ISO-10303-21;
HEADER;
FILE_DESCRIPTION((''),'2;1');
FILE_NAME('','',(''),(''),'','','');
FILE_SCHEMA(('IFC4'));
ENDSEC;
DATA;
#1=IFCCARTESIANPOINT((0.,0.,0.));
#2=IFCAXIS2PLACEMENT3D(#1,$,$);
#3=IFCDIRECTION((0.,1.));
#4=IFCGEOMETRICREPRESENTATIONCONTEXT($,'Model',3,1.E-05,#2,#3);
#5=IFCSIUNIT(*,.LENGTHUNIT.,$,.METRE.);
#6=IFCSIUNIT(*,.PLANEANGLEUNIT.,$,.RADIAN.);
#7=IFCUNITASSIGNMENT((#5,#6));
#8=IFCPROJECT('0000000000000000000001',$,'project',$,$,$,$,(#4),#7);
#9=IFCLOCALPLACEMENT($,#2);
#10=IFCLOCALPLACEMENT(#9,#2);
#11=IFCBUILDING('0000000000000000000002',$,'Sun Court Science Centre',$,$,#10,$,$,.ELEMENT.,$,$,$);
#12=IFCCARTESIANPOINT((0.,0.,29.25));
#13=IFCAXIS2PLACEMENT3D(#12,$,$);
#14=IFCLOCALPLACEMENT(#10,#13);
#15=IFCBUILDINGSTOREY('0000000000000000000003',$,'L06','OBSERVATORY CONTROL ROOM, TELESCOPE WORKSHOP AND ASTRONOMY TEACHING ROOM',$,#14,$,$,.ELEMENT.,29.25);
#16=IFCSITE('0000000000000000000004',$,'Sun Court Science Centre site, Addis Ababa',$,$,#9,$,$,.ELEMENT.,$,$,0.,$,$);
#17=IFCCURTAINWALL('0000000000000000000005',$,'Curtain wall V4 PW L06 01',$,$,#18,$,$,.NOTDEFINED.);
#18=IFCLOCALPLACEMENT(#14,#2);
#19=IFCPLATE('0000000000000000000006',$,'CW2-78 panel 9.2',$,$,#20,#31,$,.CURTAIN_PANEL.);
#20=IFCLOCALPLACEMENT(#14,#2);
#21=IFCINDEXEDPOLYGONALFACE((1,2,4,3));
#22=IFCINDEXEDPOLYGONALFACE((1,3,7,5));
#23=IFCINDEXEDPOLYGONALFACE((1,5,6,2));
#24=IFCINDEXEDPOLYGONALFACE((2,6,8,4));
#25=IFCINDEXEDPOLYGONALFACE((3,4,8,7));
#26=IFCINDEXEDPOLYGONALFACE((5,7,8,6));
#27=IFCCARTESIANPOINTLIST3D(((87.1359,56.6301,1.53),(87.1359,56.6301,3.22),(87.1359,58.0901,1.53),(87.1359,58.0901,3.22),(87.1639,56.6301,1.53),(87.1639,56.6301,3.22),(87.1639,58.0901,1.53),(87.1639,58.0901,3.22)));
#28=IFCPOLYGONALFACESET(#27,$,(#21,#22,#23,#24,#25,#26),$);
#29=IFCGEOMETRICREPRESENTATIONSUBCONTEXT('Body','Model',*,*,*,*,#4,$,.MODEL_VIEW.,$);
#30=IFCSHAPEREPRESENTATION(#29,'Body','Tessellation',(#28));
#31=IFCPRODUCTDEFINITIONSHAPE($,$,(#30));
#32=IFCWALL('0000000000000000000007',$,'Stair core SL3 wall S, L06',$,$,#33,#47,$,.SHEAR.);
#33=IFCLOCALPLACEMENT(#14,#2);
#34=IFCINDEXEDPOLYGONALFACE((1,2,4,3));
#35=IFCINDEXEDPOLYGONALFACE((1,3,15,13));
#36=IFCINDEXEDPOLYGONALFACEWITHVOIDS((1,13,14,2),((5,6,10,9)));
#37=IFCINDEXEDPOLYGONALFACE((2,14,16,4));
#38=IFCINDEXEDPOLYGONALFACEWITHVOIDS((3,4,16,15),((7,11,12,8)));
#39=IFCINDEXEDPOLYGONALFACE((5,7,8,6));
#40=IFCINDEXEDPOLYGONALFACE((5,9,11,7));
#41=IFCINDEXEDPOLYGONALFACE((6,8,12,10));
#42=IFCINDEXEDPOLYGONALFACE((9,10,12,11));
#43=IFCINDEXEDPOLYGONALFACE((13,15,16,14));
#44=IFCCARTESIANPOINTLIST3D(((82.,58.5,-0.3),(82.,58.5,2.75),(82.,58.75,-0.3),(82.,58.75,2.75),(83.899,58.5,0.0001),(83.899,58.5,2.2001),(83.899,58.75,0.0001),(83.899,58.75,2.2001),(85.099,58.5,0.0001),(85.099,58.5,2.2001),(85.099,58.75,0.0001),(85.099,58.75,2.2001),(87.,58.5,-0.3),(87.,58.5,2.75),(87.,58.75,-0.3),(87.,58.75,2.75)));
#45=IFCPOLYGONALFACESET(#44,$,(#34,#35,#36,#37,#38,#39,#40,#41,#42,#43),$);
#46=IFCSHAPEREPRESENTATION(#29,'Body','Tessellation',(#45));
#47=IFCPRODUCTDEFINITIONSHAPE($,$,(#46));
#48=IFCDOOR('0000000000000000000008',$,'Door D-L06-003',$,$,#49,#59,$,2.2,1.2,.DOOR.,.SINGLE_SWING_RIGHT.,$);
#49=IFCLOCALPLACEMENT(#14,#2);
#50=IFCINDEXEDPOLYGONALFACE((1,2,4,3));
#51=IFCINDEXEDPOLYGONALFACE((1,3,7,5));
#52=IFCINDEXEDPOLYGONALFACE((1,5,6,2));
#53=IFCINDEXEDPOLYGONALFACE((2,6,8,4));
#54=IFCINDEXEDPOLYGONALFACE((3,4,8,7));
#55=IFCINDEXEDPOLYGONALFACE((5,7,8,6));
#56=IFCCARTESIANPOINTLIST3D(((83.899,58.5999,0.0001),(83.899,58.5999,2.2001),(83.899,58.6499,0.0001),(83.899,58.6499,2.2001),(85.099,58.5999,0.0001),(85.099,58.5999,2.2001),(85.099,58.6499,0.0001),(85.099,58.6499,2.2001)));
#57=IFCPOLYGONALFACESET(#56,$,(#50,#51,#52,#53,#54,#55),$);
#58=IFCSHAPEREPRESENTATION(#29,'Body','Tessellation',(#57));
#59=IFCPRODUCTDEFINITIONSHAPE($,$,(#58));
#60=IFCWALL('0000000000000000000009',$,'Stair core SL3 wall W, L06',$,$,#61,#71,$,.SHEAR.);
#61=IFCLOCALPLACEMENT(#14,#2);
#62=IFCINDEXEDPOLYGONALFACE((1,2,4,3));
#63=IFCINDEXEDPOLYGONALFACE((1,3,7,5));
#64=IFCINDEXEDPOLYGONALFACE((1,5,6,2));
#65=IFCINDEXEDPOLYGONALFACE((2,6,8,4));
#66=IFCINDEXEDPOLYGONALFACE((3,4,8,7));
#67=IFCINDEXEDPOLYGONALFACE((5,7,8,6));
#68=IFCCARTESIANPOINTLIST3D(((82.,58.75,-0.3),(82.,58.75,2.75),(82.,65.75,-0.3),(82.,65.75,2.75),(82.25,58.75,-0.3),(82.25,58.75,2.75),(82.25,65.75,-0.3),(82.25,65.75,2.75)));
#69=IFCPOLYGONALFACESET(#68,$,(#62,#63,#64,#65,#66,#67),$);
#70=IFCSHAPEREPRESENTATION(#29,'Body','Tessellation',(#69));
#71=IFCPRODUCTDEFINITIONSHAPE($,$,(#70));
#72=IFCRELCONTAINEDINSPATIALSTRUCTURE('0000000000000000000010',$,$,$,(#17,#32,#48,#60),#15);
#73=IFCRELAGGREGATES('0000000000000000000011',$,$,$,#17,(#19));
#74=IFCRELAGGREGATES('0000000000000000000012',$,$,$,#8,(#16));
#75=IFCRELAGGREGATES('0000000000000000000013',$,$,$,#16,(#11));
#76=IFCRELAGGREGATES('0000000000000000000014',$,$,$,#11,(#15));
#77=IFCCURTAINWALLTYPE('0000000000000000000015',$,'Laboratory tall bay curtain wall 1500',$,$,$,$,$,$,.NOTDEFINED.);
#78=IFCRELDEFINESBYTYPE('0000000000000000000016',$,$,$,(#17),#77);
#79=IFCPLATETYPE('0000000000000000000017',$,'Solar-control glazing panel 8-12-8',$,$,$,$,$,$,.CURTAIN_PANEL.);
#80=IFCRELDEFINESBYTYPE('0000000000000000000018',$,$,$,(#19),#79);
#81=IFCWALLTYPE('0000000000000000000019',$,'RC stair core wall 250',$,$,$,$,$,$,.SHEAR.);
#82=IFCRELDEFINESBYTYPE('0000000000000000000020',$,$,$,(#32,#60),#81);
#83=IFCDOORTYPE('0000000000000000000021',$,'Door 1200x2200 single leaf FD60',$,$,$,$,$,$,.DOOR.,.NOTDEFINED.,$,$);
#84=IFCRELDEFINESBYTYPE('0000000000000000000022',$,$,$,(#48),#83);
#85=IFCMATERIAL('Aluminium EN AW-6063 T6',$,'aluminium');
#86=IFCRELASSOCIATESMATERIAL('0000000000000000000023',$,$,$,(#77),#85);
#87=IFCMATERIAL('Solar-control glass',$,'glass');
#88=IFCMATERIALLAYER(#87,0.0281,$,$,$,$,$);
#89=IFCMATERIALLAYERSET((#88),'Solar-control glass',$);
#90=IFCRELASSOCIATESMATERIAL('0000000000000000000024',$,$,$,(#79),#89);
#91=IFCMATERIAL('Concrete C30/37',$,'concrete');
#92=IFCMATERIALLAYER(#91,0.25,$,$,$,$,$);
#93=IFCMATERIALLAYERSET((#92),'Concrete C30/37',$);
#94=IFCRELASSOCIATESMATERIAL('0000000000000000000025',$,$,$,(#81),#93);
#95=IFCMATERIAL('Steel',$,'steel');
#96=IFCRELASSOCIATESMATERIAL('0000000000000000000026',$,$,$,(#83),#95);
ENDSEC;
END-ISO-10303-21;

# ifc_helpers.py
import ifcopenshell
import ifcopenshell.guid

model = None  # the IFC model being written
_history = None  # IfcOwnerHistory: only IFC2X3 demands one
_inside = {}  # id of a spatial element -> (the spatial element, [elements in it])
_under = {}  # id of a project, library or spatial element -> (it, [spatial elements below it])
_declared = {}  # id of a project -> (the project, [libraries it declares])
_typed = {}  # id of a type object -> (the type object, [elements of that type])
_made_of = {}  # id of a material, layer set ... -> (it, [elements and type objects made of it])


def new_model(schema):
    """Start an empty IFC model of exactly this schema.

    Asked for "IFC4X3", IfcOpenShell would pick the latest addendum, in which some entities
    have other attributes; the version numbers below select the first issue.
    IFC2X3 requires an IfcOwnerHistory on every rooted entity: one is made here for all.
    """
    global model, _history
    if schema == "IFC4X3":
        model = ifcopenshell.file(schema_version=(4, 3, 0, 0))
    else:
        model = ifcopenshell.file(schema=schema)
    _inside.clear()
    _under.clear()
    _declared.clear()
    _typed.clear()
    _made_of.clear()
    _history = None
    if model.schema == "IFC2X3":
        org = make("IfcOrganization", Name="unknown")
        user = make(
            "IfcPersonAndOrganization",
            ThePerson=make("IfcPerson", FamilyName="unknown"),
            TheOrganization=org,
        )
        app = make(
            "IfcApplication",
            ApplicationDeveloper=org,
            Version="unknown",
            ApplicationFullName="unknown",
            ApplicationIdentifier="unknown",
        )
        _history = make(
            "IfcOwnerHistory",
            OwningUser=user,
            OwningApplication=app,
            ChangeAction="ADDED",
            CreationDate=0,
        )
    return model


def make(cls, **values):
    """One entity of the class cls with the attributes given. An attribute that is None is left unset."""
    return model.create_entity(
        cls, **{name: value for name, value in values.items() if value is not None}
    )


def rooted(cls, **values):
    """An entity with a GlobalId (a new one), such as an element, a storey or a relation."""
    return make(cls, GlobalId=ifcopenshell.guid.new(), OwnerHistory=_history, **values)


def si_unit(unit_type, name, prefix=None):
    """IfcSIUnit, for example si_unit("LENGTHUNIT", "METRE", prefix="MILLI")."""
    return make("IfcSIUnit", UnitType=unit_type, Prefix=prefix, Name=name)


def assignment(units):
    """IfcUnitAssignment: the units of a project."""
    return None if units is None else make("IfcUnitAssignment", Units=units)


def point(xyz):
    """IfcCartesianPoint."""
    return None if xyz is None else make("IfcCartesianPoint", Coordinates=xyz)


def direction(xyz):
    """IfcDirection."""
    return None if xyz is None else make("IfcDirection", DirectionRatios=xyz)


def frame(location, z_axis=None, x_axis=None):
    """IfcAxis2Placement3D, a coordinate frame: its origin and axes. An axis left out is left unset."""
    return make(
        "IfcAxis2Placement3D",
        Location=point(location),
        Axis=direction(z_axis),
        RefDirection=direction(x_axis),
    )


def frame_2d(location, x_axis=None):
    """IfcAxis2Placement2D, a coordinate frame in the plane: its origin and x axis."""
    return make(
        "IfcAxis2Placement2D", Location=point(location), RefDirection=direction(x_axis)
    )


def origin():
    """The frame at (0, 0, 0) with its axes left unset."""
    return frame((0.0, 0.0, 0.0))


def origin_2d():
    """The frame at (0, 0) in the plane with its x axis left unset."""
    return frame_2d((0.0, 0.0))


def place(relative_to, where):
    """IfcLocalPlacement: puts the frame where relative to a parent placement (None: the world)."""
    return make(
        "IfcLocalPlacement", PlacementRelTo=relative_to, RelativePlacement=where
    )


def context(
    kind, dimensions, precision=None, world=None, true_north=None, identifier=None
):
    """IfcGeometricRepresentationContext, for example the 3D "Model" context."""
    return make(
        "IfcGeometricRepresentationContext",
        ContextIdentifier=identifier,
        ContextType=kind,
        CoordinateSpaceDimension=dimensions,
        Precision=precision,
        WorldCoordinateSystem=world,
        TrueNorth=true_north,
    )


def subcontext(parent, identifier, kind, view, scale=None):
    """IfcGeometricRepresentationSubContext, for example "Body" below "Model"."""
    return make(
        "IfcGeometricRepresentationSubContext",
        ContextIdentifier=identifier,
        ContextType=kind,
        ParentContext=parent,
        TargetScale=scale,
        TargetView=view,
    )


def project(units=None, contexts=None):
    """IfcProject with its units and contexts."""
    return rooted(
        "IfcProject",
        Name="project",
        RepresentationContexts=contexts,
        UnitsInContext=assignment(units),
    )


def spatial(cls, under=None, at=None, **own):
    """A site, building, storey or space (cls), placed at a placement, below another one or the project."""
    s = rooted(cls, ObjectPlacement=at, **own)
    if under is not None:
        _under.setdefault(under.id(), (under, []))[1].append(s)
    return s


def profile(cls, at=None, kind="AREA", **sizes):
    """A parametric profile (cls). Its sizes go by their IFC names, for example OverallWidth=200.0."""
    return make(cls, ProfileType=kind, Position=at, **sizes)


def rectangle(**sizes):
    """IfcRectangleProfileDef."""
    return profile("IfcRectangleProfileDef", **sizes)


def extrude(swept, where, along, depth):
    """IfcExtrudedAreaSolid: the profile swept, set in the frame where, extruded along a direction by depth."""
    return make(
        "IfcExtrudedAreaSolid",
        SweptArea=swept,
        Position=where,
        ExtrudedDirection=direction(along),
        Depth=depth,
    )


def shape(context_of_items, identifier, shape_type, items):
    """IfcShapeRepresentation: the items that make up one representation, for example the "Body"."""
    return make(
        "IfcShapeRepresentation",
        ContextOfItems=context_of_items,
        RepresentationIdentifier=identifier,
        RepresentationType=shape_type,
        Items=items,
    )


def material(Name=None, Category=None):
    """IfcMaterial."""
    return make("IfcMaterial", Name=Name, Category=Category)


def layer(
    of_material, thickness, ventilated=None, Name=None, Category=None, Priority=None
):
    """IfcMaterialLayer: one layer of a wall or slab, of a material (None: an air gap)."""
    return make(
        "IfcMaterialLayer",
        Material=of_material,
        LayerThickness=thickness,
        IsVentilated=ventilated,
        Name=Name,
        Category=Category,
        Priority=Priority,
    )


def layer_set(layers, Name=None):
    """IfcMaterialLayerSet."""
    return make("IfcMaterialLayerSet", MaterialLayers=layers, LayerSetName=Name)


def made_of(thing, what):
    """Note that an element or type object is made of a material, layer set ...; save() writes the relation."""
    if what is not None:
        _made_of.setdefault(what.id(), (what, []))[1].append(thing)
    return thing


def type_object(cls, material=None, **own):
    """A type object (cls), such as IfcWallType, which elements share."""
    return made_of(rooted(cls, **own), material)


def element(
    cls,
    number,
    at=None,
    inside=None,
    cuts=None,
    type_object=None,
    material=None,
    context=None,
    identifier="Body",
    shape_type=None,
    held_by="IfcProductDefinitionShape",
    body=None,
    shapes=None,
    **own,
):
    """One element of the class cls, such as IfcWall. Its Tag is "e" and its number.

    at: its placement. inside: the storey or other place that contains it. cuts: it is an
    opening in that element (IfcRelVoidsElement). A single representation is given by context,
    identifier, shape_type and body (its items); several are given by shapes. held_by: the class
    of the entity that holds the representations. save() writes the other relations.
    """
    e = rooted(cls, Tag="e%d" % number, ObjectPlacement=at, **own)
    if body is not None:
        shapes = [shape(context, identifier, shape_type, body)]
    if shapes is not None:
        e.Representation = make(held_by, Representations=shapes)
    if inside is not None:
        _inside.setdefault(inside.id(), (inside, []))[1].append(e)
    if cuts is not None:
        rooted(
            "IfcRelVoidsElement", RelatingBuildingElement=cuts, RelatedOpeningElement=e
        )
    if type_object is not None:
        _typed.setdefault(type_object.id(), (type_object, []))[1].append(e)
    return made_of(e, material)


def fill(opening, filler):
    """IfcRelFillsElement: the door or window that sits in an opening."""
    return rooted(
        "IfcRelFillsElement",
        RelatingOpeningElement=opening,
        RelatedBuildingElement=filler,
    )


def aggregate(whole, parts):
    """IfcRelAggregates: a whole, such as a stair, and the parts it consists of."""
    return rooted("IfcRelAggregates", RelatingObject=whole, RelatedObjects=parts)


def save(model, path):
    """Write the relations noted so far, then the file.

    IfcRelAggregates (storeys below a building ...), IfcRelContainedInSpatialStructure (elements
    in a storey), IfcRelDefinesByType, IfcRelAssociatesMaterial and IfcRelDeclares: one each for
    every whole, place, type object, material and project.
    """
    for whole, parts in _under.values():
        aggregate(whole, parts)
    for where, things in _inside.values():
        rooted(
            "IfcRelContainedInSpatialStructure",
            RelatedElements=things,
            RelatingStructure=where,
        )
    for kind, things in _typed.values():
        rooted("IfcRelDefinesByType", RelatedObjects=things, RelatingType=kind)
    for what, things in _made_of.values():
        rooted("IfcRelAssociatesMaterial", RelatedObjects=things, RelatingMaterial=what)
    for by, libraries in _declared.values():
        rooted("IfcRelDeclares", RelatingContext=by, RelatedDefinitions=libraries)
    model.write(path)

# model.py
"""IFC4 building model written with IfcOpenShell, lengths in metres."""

from ifc_helpers import new_model, si_unit, direction, frame, frame_2d, origin, origin_2d, place, context, subcontext, project, spatial, rectangle, extrude, material, layer, layer_set, type_object, element, fill, aggregate, save


model = new_model("IFC4")

# Units and contexts
model_context = context("Model", 3, precision=1e-05, world=origin(), true_north=direction((0.0, 1.0)))
body_context = subcontext(model_context, "Body", "Model", "MODEL_VIEW")
ifc_project = project(units=[si_unit("LENGTHUNIT", "METRE"), si_unit("PLANEANGLEUNIT", "RADIAN")], contexts=[model_context])

# Site, building, storey
site_placement = place(None, origin())
site = spatial("IfcSite", under=ifc_project, at=site_placement, Name="Sun Court Science Centre site, Addis Ababa", CompositionType="ELEMENT", RefElevation=0.0)
building_placement = place(site_placement, origin())
building = spatial("IfcBuilding", under=site, at=building_placement, Name="Sun Court Science Centre", CompositionType="ELEMENT")
storey_placement = place(building_placement, frame((0.0, 0.0, 29.25)))
storey = spatial("IfcBuildingStorey", under=building, at=storey_placement, Name="L06", Description="OBSERVATORY CONTROL ROOM, TELESCOPE WORKSHOP AND ASTRONOMY TEACHING ROOM", CompositionType="ELEMENT", Elevation=29.25)

# Curtain wall
ifc_material_1 = material(Name="Aluminium EN AW-6063 T6", Category="aluminium")
curtain_wall_type = type_object("IfcCurtainWallType", Name="Laboratory tall bay curtain wall 1500", PredefinedType="NOTDEFINED", material=ifc_material_1)
curtain_wall_placement = place(storey_placement, origin())
curtain_wall = element("IfcCurtainWall", 1, at=curtain_wall_placement, inside=storey, type_object=curtain_wall_type, Name="Curtain wall V4 PW L06 01", PredefinedType="NOTDEFINED")

# Plate
ifc_material_2 = material(Name="Solar-control glass", Category="glass")
ifc_layer_1 = layer(ifc_material_2, 0.0281)
ifc_layer_set_1 = layer_set([ifc_layer_1], Name="Solar-control glass")
plate_type = type_object("IfcPlateType", Name="Solar-control glazing panel 8-12-8", PredefinedType="CURTAIN_PANEL", material=ifc_layer_set_1)
plate_1_placement = place(storey_placement, frame((87.1499, 57.3601, 1.53), z_axis=(0.0, 0.0, 1.0), x_axis=(0.0, 1.0, 0.0)))
plate_1 = element("IfcPlate", 2, at=plate_1_placement, type_object=plate_type, Name="CW2-78 panel 9.2", PredefinedType="CURTAIN_PANEL", context=body_context, shape_type="SweptSolid", body=[
    extrude(rectangle(XDim=1.46, YDim=0.0281, at=origin_2d()), origin(), (0.0, 0.0, 1.0), 1.6899),
])
aggregate(curtain_wall, [plate_1])

# Wall, opening, door
ifc_material_3 = material(Name="Concrete C30/37", Category="concrete")
ifc_layer_2 = layer(ifc_material_3, 0.25)
ifc_layer_set_2 = layer_set([ifc_layer_2], Name="Concrete C30/37")
wall_type = type_object("IfcWallType", Name="RC stair core wall 250", PredefinedType="SHEAR", material=ifc_layer_set_2)
wall_1_placement = place(storey_placement, frame((82.0, 58.625, -0.3), z_axis=(0.0, 0.0, 1.0), x_axis=(1.0, 0.0, 0.0)))
wall_1 = element("IfcWall", 3, at=wall_1_placement, inside=storey, type_object=wall_type, Name="Stair core SL3 wall S, L06", PredefinedType="SHEAR", context=body_context, shape_type="SweptSolid", body=[
    extrude(rectangle(XDim=5.0, YDim=0.25, at=frame_2d((2.5, 0.0))), origin(), (0.0, 0.0, 1.0), 3.05),
])
opening_placement = place(wall_1_placement, frame((1.8989, 0.0, 0.3)))
opening = element("IfcOpeningElement", 4, at=opening_placement, cuts=wall_1, PredefinedType="OPENING", context=body_context, shape_type="SweptSolid", body=[
    extrude(rectangle(XDim=1.2, YDim=2.2, at=frame_2d((0.6001, 1.1001))), frame((0.0, 0.135, 0.0), z_axis=(0.0, -1.0, 0.0), x_axis=(1.0, 0.0, 0.0)), (0.0, 0.0, 1.0), 0.27),
])
ifc_material_4 = material(Name="Steel", Category="steel")
door_type = type_object("IfcDoorType", Name="Door 1200x2200 single leaf FD60", OperationType="NOTDEFINED", PredefinedType="DOOR", material=ifc_material_4)
door_placement = place(opening_placement, origin())
door = element("IfcDoor", 5, at=door_placement, inside=storey, type_object=door_type, Name="Door D-L06-003", OperationType="SINGLE_SWING_RIGHT", OverallHeight=2.2, OverallWidth=1.2, PredefinedType="DOOR", context=body_context, shape_type="SweptSolid", body=[
    extrude(rectangle(XDim=1.2, YDim=2.2, at=frame_2d((0.6001, 1.1001))), frame((0.0, 0.0249, 0.0), z_axis=(0.0, -1.0, 0.0), x_axis=(1.0, 0.0, 0.0)), (0.0, 0.0, 1.0), 0.05),
])
fill(opening, door)

# Wall
wall_2_placement = place(storey_placement, frame((82.125, 58.75, -0.3), z_axis=(0.0, 0.0, 1.0), x_axis=(0.0, 1.0, 0.0)))
element("IfcWall", 6, at=wall_2_placement, inside=storey, type_object=wall_type, Name="Stair core SL3 wall W, L06", PredefinedType="SHEAR", context=body_context, shape_type="SweptSolid", body=[
    extrude(rectangle(XDim=7.0, YDim=0.25, at=frame_2d((3.5, 0.0))), origin(), (0.0, 0.0, 1.0), 3.05),
])

save(model, "model.ifc")
